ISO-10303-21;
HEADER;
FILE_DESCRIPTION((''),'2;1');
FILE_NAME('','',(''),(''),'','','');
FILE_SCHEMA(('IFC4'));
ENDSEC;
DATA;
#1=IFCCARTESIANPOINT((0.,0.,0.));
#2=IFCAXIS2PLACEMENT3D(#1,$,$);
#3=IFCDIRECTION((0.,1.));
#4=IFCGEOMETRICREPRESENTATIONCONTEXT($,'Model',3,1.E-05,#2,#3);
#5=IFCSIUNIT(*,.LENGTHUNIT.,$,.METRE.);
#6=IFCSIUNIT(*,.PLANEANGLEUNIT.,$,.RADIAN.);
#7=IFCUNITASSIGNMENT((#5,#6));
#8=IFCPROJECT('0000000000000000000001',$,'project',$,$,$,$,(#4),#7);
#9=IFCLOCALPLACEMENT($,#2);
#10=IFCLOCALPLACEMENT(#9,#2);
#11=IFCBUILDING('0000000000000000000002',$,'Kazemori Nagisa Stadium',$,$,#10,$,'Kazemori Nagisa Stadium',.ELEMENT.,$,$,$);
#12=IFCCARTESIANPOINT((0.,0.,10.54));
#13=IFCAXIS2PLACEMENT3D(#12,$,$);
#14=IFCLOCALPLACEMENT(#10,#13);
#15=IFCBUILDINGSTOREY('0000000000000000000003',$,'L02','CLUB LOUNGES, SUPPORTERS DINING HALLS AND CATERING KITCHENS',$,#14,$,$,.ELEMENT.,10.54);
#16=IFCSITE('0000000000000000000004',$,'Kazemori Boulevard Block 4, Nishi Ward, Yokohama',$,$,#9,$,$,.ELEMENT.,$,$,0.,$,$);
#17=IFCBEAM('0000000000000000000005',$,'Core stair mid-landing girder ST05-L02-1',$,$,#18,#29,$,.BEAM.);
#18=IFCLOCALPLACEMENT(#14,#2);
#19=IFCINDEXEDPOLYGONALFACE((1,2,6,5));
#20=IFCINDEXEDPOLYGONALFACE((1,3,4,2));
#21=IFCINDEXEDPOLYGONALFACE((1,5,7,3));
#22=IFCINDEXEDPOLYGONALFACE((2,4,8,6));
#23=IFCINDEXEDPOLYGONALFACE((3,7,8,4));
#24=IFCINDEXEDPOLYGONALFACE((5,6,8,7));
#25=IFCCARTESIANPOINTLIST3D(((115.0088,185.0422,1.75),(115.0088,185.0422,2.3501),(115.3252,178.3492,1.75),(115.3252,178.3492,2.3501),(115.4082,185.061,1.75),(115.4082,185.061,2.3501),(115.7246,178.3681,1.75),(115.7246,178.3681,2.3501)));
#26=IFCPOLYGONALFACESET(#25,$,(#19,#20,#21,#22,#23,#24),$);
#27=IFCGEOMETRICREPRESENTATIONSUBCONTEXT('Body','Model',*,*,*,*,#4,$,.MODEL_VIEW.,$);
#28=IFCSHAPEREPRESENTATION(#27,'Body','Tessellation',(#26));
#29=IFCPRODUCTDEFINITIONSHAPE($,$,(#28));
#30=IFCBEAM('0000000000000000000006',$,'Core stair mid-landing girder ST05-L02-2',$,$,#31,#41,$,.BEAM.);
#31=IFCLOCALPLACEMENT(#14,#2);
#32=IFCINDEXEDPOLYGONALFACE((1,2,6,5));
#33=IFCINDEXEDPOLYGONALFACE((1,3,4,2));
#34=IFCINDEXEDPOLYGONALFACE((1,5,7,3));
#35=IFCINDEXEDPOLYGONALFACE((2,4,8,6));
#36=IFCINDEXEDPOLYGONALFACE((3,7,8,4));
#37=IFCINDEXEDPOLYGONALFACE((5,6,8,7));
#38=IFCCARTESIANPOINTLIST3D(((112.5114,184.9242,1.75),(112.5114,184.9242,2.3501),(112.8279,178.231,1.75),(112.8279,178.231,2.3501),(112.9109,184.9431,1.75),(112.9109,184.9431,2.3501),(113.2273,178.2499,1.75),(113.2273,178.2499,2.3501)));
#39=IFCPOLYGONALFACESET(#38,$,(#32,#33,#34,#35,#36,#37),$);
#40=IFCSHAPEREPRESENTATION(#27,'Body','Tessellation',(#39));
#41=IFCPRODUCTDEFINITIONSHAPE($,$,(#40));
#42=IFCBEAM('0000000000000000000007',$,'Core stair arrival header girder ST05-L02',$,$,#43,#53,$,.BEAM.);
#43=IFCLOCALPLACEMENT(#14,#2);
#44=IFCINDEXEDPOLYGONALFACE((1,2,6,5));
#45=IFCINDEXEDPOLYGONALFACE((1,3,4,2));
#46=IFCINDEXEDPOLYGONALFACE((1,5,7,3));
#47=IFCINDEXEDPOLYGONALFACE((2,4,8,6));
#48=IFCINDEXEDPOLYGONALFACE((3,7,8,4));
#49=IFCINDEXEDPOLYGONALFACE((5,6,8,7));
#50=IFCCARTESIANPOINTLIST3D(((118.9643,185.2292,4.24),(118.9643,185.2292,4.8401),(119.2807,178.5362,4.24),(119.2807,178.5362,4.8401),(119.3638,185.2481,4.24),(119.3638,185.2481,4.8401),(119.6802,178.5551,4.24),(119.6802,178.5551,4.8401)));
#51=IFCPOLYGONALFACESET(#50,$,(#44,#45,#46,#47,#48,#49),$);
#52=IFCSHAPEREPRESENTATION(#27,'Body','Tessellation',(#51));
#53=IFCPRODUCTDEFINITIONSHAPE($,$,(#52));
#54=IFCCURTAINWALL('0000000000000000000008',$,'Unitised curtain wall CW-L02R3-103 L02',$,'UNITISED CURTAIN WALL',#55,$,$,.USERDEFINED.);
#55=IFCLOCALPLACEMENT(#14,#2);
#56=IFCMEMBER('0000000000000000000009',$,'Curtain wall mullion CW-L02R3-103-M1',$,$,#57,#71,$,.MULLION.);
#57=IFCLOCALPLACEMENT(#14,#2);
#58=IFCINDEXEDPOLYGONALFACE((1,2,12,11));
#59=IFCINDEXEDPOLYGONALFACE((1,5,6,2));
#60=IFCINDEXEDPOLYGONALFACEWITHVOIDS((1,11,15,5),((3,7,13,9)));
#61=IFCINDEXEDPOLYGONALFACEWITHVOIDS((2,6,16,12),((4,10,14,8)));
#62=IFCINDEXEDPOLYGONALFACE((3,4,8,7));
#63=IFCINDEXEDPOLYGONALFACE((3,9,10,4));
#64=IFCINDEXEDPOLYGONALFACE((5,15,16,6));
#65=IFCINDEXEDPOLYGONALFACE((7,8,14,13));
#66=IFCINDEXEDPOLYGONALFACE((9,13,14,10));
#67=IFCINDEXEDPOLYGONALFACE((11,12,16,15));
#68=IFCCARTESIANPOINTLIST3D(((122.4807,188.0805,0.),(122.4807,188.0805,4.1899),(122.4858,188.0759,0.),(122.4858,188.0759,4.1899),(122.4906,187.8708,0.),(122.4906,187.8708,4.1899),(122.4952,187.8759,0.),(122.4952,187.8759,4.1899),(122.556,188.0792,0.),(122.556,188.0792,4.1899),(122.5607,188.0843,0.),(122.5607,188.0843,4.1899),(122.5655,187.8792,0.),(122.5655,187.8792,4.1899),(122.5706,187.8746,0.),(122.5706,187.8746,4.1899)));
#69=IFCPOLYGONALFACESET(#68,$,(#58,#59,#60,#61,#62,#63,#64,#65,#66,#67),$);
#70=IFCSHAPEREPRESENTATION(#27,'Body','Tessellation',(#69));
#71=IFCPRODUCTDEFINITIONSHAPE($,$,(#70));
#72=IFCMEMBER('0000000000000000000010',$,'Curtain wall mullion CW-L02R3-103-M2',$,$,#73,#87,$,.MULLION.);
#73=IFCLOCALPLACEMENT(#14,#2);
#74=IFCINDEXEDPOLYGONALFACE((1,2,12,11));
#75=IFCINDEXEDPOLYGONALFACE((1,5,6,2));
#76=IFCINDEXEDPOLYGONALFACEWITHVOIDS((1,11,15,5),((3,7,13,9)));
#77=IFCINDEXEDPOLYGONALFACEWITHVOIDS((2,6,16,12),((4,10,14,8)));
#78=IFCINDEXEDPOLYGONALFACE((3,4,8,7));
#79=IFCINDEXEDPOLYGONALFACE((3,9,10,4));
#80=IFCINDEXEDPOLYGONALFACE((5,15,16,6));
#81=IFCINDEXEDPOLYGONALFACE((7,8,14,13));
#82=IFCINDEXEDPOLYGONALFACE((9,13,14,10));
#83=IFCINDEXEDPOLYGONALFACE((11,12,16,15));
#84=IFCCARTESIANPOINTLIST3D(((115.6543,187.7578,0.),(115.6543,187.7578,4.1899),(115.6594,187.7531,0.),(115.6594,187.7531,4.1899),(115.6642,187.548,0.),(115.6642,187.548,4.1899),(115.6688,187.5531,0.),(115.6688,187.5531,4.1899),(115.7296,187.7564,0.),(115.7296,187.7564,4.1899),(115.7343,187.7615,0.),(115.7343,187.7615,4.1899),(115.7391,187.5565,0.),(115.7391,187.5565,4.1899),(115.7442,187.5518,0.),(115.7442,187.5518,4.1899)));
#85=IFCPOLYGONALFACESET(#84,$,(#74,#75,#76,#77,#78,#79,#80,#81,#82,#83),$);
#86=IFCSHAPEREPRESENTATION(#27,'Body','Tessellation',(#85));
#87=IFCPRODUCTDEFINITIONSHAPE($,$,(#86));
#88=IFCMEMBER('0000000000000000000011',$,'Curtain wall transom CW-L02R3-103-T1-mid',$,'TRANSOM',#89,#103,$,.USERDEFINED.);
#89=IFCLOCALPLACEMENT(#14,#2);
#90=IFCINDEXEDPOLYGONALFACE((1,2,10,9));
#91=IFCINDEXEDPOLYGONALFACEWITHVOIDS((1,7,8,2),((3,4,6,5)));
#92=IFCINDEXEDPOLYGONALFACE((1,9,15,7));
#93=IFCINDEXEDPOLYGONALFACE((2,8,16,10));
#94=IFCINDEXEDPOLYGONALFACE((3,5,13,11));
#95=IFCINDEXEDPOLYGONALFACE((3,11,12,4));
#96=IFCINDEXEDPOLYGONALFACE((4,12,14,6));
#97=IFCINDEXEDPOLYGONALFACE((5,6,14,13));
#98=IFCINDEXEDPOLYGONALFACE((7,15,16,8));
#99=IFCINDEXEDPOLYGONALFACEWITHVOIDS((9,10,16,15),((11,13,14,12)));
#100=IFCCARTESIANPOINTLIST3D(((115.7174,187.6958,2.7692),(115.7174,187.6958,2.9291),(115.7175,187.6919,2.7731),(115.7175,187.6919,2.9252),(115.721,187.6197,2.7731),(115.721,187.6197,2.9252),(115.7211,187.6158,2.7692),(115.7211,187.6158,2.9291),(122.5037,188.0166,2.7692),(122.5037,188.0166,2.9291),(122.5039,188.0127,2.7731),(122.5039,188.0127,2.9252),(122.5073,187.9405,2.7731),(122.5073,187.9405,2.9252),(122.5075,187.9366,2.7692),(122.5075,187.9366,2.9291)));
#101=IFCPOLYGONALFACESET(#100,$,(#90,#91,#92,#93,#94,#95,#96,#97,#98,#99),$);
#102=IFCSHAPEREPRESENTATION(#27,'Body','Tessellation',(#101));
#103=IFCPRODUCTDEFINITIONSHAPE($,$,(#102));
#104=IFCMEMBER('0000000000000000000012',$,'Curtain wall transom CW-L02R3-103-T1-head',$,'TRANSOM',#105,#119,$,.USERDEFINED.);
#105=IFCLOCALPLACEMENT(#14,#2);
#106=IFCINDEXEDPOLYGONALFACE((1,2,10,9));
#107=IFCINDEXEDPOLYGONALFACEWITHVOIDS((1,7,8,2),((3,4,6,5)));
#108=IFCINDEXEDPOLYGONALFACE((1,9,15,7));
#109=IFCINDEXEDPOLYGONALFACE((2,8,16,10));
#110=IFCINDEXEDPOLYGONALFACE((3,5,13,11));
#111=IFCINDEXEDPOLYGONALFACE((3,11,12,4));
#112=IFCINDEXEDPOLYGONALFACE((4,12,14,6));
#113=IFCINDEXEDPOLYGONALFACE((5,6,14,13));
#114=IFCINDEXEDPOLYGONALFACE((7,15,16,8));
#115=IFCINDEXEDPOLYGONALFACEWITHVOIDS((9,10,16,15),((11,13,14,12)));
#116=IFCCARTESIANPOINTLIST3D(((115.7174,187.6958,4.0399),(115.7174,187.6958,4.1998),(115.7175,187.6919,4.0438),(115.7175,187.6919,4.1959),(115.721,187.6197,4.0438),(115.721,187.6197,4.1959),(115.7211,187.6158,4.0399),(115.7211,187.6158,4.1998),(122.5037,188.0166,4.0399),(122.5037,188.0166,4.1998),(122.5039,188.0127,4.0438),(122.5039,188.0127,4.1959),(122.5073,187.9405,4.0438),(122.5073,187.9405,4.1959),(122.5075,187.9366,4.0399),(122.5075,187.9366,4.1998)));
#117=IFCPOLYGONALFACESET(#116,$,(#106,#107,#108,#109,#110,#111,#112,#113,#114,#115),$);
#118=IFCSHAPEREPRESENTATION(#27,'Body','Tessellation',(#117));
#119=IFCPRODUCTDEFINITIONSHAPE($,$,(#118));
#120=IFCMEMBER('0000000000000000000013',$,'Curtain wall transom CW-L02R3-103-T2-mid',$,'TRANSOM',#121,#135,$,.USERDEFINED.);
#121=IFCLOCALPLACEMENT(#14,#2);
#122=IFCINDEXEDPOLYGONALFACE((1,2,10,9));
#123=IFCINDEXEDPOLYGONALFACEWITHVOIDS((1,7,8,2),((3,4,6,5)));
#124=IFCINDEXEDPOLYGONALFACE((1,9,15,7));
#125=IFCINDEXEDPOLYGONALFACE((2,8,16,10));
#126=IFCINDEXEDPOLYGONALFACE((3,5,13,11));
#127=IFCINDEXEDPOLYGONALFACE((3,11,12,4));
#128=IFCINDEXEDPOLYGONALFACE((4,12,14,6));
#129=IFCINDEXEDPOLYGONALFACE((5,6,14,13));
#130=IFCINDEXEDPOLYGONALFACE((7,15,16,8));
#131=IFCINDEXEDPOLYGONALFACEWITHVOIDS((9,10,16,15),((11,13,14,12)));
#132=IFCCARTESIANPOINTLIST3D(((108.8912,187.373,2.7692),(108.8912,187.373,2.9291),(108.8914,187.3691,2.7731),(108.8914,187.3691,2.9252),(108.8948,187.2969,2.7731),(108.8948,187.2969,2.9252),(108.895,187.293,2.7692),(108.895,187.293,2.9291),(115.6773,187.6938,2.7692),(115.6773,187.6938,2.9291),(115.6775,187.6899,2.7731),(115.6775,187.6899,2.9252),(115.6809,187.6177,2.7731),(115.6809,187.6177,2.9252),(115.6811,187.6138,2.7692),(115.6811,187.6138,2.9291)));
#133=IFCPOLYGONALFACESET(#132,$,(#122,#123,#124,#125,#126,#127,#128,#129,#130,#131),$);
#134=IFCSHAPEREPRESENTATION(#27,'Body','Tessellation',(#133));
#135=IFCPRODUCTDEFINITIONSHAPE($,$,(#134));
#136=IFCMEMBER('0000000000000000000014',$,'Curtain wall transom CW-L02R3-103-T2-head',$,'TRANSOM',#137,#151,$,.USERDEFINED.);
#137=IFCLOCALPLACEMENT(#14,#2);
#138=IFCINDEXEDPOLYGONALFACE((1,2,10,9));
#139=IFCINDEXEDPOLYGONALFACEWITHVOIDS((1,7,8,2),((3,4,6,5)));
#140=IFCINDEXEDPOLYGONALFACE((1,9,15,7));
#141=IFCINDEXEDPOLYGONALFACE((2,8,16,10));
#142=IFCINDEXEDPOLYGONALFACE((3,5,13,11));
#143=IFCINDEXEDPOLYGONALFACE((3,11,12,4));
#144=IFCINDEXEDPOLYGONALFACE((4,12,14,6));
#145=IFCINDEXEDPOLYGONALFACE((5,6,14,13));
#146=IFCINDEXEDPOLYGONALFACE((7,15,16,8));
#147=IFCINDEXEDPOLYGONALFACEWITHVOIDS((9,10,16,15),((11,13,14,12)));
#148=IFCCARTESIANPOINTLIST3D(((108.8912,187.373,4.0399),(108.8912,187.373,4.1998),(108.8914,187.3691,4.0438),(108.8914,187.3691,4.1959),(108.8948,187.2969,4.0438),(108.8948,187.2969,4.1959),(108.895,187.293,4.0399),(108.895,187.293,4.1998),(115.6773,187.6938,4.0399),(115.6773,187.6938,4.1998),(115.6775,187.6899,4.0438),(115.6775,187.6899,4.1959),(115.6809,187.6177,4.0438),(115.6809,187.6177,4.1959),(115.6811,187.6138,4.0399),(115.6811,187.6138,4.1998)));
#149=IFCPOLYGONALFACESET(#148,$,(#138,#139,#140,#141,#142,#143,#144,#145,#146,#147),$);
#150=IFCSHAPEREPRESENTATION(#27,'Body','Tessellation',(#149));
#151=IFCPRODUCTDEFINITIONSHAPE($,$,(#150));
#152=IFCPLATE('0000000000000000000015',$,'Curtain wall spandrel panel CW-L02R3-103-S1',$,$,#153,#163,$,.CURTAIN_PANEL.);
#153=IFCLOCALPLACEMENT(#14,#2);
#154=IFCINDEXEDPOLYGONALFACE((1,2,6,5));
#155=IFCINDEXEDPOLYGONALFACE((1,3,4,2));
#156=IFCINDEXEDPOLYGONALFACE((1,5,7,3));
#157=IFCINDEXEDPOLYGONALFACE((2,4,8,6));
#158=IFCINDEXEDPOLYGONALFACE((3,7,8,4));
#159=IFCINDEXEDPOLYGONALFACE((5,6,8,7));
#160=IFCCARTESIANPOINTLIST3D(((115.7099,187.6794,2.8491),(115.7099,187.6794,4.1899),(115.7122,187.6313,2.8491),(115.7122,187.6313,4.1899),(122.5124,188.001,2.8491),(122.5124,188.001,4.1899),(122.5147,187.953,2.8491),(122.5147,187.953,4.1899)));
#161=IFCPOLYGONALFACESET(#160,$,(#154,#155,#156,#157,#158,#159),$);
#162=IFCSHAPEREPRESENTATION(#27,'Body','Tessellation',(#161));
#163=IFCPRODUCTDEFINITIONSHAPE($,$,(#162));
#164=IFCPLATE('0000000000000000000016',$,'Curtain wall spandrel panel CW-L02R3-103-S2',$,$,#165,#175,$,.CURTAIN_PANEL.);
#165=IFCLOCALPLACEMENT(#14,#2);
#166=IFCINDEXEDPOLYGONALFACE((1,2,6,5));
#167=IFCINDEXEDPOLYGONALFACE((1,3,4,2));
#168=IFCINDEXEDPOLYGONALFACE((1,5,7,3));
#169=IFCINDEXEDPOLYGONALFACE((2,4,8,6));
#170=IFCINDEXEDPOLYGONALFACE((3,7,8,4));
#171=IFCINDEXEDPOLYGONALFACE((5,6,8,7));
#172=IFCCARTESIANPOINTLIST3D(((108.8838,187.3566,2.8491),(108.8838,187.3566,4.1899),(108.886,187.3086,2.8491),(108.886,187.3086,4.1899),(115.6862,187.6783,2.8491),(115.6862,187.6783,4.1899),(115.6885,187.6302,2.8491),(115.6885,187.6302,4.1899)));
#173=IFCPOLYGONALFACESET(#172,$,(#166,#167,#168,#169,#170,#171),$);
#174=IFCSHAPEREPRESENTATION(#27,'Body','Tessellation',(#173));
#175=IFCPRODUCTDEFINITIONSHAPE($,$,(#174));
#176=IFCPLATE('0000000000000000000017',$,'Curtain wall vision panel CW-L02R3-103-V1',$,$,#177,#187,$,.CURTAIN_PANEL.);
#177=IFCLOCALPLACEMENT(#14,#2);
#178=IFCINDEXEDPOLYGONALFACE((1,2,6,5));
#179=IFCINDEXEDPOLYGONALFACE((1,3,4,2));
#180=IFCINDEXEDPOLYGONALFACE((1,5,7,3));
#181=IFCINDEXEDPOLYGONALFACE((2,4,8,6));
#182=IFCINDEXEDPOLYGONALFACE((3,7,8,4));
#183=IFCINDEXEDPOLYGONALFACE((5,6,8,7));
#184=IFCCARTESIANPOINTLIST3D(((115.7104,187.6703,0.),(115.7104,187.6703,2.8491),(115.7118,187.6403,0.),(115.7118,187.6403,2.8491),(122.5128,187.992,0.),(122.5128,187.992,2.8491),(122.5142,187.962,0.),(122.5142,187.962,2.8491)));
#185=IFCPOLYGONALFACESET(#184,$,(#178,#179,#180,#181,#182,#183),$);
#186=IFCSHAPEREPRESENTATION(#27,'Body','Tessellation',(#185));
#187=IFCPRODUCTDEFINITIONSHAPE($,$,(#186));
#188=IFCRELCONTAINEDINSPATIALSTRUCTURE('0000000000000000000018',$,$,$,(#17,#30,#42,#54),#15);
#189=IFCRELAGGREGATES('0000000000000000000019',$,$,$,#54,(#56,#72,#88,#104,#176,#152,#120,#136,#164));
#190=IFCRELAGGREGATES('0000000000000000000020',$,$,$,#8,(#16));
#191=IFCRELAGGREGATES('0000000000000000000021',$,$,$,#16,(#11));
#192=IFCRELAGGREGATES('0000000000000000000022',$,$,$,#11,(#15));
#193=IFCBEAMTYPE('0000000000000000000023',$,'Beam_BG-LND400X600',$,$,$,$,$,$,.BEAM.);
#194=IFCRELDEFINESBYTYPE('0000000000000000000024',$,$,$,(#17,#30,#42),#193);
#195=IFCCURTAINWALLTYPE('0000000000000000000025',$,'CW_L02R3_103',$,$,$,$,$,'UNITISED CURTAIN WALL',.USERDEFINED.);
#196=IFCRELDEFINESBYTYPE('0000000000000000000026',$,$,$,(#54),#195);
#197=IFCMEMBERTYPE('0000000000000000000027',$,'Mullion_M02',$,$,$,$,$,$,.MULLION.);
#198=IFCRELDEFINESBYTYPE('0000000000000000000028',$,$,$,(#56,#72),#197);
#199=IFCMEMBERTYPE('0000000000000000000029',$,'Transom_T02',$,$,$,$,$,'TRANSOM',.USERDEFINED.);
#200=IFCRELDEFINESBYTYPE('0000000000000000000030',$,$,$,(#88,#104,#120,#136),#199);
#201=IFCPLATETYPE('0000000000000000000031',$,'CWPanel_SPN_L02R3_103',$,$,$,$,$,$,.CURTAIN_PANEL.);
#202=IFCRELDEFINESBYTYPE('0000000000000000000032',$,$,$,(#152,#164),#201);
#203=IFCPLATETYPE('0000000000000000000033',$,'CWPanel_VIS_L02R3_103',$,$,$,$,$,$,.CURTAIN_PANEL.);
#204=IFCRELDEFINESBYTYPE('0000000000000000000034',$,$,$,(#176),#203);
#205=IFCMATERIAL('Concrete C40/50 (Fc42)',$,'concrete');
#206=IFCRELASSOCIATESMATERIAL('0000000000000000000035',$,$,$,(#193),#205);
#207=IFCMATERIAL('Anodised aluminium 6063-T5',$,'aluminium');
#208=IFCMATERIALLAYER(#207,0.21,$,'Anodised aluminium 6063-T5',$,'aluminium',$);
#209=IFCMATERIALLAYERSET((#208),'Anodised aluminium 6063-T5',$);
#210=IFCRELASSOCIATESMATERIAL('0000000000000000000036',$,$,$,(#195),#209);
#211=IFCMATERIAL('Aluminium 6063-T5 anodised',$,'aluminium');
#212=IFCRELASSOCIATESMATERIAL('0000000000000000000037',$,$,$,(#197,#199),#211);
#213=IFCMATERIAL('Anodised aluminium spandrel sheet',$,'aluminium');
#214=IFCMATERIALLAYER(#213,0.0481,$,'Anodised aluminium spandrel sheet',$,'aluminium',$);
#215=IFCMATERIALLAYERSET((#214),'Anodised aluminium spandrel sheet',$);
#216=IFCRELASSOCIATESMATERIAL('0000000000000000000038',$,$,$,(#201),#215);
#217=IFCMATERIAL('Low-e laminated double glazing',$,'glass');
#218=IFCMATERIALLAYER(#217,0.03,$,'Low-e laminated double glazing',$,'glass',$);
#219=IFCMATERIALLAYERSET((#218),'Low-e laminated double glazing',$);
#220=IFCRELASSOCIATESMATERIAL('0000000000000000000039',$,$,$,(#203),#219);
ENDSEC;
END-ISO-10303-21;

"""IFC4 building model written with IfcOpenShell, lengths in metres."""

from ifc_helpers import new_model, si_unit, direction, frame, origin, origin_2d, place, context, subcontext, project, spatial, rectangle, hollow_rectangle, extrude, material, layer, layer_set, material_profile, profile_set, type_object, element, aggregate, save


model = new_model("IFC4")

# Units and contexts
model_context = context("Model", 3, precision=1e-05, world=origin(), true_north=direction((0.0, 1.0)))
body_context = subcontext(model_context, "Body", "Model", "MODEL_VIEW")
ifc_project = project(units=[si_unit("LENGTHUNIT", "METRE"), si_unit("PLANEANGLEUNIT", "RADIAN")], contexts=[model_context])

# Site, building, storey
site_placement = place(None, origin())
site = spatial("IfcSite", under=ifc_project, at=site_placement, Name="Kazemori Boulevard Block 4, Nishi Ward, Yokohama", CompositionType="ELEMENT", RefElevation=0.0)
building_placement = place(site_placement, origin())
building = spatial("IfcBuilding", under=site, at=building_placement, Name="Kazemori Nagisa Stadium", LongName="Kazemori Nagisa Stadium", CompositionType="ELEMENT")
storey_placement = place(building_placement, frame((0.0, 0.0, 10.54)))
storey = spatial("IfcBuildingStorey", under=building, at=storey_placement, Name="L02", Description="CLUB LOUNGES, SUPPORTERS DINING HALLS AND CATERING KITCHENS", CompositionType="ELEMENT", Elevation=10.54)

# Beams
ifc_material_1 = material(Name="Concrete C40/50 (Fc42)", Category="concrete")
ifc_material_profile_1 = material_profile(ifc_material_1, rectangle(XDim=0.3999, YDim=0.6001, at=origin_2d()), Name="RC-BM-400x600")
ifc_profile_set_1 = profile_set([ifc_material_profile_1], Name="Concrete C40/50 (Fc42)")
beam_type = type_object("IfcBeamType", Name="Beam_BG-LND400X600", PredefinedType="BEAM", material=ifc_profile_set_1)
beam_1_placement = place(storey_placement, frame((115.5249, 178.3586, 2.05), z_axis=(-0.047222, 0.998884, 0.0), x_axis=(-0.998884, -0.047222, 0.0)))
element("IfcBeam", 1, at=beam_1_placement, inside=storey, type_object=beam_type, Name="Core stair mid-landing girder ST05-L02-1", PredefinedType="BEAM", context=body_context, shape_type="SweptSolid", body=[
    extrude(rectangle(XDim=0.3999, YDim=0.6001, at=origin_2d()), origin(), (0.0, 0.0, 1.0), 6.7004),
])
beam_2_placement = place(storey_placement, frame((113.0276, 178.2405, 2.05), z_axis=(-0.047221, 0.998884, 0.0), x_axis=(-0.998884, -0.047221, 0.0)))
element("IfcBeam", 2, at=beam_2_placement, inside=storey, type_object=beam_type, Name="Core stair mid-landing girder ST05-L02-2", PredefinedType="BEAM", context=body_context, shape_type="SweptSolid", body=[
    extrude(rectangle(XDim=0.3999, YDim=0.6001, at=origin_2d()), origin(), (0.0, 0.0, 1.0), 6.7007),
])
beam_3_placement = place(storey_placement, frame((119.4805, 178.5457, 4.54), z_axis=(-0.047222, 0.998884, 0.0), x_axis=(-0.998884, -0.047222, 0.0)))
element("IfcBeam", 3, at=beam_3_placement, inside=storey, type_object=beam_type, Name="Core stair arrival header girder ST05-L02", PredefinedType="BEAM", context=body_context, shape_type="SweptSolid", body=[
    extrude(rectangle(XDim=0.3999, YDim=0.6001, at=origin_2d()), origin(), (0.0, 0.0, 1.0), 6.7004),
])

# Curtain wall, members, plates
ifc_material_2 = material(Name="Anodised aluminium 6063-T5", Category="aluminium")
ifc_layer_1 = layer(ifc_material_2, 0.21, Name="Anodised aluminium 6063-T5", Category="aluminium")
ifc_layer_set_1 = layer_set([ifc_layer_1], Name="Anodised aluminium 6063-T5")
curtain_wall_type = type_object("IfcCurtainWallType", Name="CW_L02R3_103", ElementType="UNITISED CURTAIN WALL", PredefinedType="USERDEFINED", material=ifc_layer_set_1)
curtain_wall_placement = place(storey_placement, origin())
curtain_wall = element("IfcCurtainWall", 4, at=curtain_wall_placement, inside=storey, type_object=curtain_wall_type, Name="Unitised curtain wall CW-L02R3-103 L02", ObjectType="UNITISED CURTAIN WALL", PredefinedType="USERDEFINED")
ifc_material_3 = material(Name="Aluminium 6063-T5 anodised", Category="aluminium")
ifc_material_profile_2 = material_profile(ifc_material_3, hollow_rectangle(XDim=0.0801, YDim=0.21, WallThickness=0.0049, at=origin_2d()), Name="ALU-MULL-80x210x5")
ifc_profile_set_2 = profile_set([ifc_material_profile_2], Name="Aluminium 6063-T5 anodised")
member_type_1 = type_object("IfcMemberType", Name="Mullion_M02", PredefinedType="MULLION", material=ifc_profile_set_2)
member_1_placement = place(storey_placement, frame((122.5256, 187.9775, 0.0), z_axis=(0.0, 0.0, 1.0), x_axis=(-0.998884, -0.04723, 0.0)))
member_1 = element("IfcMember", 5, at=member_1_placement, type_object=member_type_1, Name="Curtain wall mullion CW-L02R3-103-M1", PredefinedType="MULLION", context=body_context, shape_type="SweptSolid", body=[
    extrude(hollow_rectangle(XDim=0.0801, YDim=0.21, WallThickness=0.0049, at=origin_2d()), origin(), (0.0, 0.0, 1.0), 4.1899),
])
member_2_placement = place(storey_placement, frame((115.6992, 187.6548, 0.0), z_axis=(0.0, 0.0, 1.0), x_axis=(-0.998884, -0.04723, 0.0)))
member_2 = element("IfcMember", 6, at=member_2_placement, type_object=member_type_1, Name="Curtain wall mullion CW-L02R3-103-M2", PredefinedType="MULLION", context=body_context, shape_type="SweptSolid", body=[
    extrude(hollow_rectangle(XDim=0.0801, YDim=0.21, WallThickness=0.0049, at=origin_2d()), origin(), (0.0, 0.0, 1.0), 4.1899),
])
ifc_material_profile_3 = material_profile(ifc_material_3, hollow_rectangle(XDim=0.0801, YDim=0.1599, WallThickness=0.0039, at=origin_2d()), Name="ALU-TRAN-80x160x4")
ifc_profile_set_3 = profile_set([ifc_material_profile_3], Name="Aluminium 6063-T5 anodised")
member_type_2 = type_object("IfcMemberType", Name="Transom_T02", ElementType="TRANSOM", PredefinedType="USERDEFINED", material=ifc_profile_set_3)
member_3_placement = place(storey_placement, frame((122.5056, 187.9766, 2.8491), z_axis=(-0.998885, -0.047219, 0.0), x_axis=(0.047219, -0.998885, 0.0)))
member_3 = element("IfcMember", 7, at=member_3_placement, type_object=member_type_2, Name="Curtain wall transom CW-L02R3-103-T1-mid", ObjectType="TRANSOM", PredefinedType="USERDEFINED", context=body_context, shape_type="SweptSolid", body=[
    extrude(hollow_rectangle(XDim=0.0801, YDim=0.1599, WallThickness=0.0039, at=origin_2d()), origin(), (0.0, 0.0, 1.0), 6.7939),
])
member_4_placement = place(storey_placement, frame((122.5056, 187.9766, 4.1199), z_axis=(-0.998885, -0.047219, 0.0), x_axis=(0.047219, -0.998885, 0.0)))
member_4 = element("IfcMember", 8, at=member_4_placement, type_object=member_type_2, Name="Curtain wall transom CW-L02R3-103-T1-head", ObjectType="TRANSOM", PredefinedType="USERDEFINED", context=body_context, shape_type="SweptSolid", body=[
    extrude(hollow_rectangle(XDim=0.0801, YDim=0.1599, WallThickness=0.0039, at=origin_2d()), origin(), (0.0, 0.0, 1.0), 6.7939),
])
member_5_placement = place(storey_placement, frame((115.6792, 187.6538, 2.8491), z_axis=(-0.998885, -0.04722, 0.0), x_axis=(0.04722, -0.998885, 0.0)))
member_5 = element("IfcMember", 9, at=member_5_placement, type_object=member_type_2, Name="Curtain wall transom CW-L02R3-103-T2-mid", ObjectType="TRANSOM", PredefinedType="USERDEFINED", context=body_context, shape_type="SweptSolid", body=[
    extrude(hollow_rectangle(XDim=0.0801, YDim=0.1599, WallThickness=0.0039, at=origin_2d()), origin(), (0.0, 0.0, 1.0), 6.7937),
])
member_6_placement = place(storey_placement, frame((115.6792, 187.6538, 4.1199), z_axis=(-0.998885, -0.04722, 0.0), x_axis=(0.04722, -0.998885, 0.0)))
member_6 = element("IfcMember", 10, at=member_6_placement, type_object=member_type_2, Name="Curtain wall transom CW-L02R3-103-T2-head", ObjectType="TRANSOM", PredefinedType="USERDEFINED", context=body_context, shape_type="SweptSolid", body=[
    extrude(hollow_rectangle(XDim=0.0801, YDim=0.1599, WallThickness=0.0039, at=origin_2d()), origin(), (0.0, 0.0, 1.0), 6.7937),
])
ifc_material_4 = material(Name="Anodised aluminium spandrel sheet", Category="aluminium")
ifc_layer_2 = layer(ifc_material_4, 0.0481, Name="Anodised aluminium spandrel sheet", Category="aluminium")
ifc_layer_set_2 = layer_set([ifc_layer_2], Name="Anodised aluminium spandrel sheet")
plate_type_1 = type_object("IfcPlateType", Name="CWPanel_SPN_L02R3_103", PredefinedType="CURTAIN_PANEL", material=ifc_layer_set_2)
plate_1_placement = place(storey_placement, frame((119.1123, 187.8162, 2.8491), z_axis=(0.0, 0.0, 1.0), x_axis=(-0.998884, -0.04723, 0.0)))
plate_1 = element("IfcPlate", 11, at=plate_1_placement, type_object=plate_type_1, Name="Curtain wall spandrel panel CW-L02R3-103-S1", PredefinedType="CURTAIN_PANEL", context=body_context, shape_type="SweptSolid", body=[
    extrude(rectangle(XDim=6.8101, YDim=0.0481, at=origin_2d()), origin(), (0.0, 0.0, 1.0), 1.3408),
])
plate_2_placement = place(storey_placement, frame((112.2861, 187.4934, 2.8491), z_axis=(0.0, 0.0, 1.0), x_axis=(-0.998884, -0.04723, 0.0)))
plate_2 = element("IfcPlate", 12, at=plate_2_placement, type_object=plate_type_1, Name="Curtain wall spandrel panel CW-L02R3-103-S2", PredefinedType="CURTAIN_PANEL", context=body_context, shape_type="SweptSolid", body=[
    extrude(rectangle(XDim=6.8101, YDim=0.0481, at=origin_2d()), origin(), (0.0, 0.0, 1.0), 1.3408),
])
ifc_material_5 = material(Name="Low-e laminated double glazing", Category="glass")
ifc_layer_3 = layer(ifc_material_5, 0.03, Name="Low-e laminated double glazing", Category="glass")
ifc_layer_set_3 = layer_set([ifc_layer_3], Name="Low-e laminated double glazing")
plate_type_2 = type_object("IfcPlateType", Name="CWPanel_VIS_L02R3_103", PredefinedType="CURTAIN_PANEL", material=ifc_layer_set_3)
plate_3_placement = place(storey_placement, frame((119.1123, 187.8162, 0.0), z_axis=(0.0, 0.0, 1.0), x_axis=(-0.998884, -0.04723, 0.0)))
plate_3 = element("IfcPlate", 13, at=plate_3_placement, type_object=plate_type_2, Name="Curtain wall vision panel CW-L02R3-103-V1", PredefinedType="CURTAIN_PANEL", context=body_context, shape_type="SweptSolid", body=[
    extrude(rectangle(XDim=6.8101, YDim=0.03, at=origin_2d()), origin(), (0.0, 0.0, 1.0), 2.8491),
])
aggregate(curtain_wall, [member_1, member_2, member_3, member_4, plate_3, plate_1, member_5, member_6, plate_2])

save(model, "model.ifc")
